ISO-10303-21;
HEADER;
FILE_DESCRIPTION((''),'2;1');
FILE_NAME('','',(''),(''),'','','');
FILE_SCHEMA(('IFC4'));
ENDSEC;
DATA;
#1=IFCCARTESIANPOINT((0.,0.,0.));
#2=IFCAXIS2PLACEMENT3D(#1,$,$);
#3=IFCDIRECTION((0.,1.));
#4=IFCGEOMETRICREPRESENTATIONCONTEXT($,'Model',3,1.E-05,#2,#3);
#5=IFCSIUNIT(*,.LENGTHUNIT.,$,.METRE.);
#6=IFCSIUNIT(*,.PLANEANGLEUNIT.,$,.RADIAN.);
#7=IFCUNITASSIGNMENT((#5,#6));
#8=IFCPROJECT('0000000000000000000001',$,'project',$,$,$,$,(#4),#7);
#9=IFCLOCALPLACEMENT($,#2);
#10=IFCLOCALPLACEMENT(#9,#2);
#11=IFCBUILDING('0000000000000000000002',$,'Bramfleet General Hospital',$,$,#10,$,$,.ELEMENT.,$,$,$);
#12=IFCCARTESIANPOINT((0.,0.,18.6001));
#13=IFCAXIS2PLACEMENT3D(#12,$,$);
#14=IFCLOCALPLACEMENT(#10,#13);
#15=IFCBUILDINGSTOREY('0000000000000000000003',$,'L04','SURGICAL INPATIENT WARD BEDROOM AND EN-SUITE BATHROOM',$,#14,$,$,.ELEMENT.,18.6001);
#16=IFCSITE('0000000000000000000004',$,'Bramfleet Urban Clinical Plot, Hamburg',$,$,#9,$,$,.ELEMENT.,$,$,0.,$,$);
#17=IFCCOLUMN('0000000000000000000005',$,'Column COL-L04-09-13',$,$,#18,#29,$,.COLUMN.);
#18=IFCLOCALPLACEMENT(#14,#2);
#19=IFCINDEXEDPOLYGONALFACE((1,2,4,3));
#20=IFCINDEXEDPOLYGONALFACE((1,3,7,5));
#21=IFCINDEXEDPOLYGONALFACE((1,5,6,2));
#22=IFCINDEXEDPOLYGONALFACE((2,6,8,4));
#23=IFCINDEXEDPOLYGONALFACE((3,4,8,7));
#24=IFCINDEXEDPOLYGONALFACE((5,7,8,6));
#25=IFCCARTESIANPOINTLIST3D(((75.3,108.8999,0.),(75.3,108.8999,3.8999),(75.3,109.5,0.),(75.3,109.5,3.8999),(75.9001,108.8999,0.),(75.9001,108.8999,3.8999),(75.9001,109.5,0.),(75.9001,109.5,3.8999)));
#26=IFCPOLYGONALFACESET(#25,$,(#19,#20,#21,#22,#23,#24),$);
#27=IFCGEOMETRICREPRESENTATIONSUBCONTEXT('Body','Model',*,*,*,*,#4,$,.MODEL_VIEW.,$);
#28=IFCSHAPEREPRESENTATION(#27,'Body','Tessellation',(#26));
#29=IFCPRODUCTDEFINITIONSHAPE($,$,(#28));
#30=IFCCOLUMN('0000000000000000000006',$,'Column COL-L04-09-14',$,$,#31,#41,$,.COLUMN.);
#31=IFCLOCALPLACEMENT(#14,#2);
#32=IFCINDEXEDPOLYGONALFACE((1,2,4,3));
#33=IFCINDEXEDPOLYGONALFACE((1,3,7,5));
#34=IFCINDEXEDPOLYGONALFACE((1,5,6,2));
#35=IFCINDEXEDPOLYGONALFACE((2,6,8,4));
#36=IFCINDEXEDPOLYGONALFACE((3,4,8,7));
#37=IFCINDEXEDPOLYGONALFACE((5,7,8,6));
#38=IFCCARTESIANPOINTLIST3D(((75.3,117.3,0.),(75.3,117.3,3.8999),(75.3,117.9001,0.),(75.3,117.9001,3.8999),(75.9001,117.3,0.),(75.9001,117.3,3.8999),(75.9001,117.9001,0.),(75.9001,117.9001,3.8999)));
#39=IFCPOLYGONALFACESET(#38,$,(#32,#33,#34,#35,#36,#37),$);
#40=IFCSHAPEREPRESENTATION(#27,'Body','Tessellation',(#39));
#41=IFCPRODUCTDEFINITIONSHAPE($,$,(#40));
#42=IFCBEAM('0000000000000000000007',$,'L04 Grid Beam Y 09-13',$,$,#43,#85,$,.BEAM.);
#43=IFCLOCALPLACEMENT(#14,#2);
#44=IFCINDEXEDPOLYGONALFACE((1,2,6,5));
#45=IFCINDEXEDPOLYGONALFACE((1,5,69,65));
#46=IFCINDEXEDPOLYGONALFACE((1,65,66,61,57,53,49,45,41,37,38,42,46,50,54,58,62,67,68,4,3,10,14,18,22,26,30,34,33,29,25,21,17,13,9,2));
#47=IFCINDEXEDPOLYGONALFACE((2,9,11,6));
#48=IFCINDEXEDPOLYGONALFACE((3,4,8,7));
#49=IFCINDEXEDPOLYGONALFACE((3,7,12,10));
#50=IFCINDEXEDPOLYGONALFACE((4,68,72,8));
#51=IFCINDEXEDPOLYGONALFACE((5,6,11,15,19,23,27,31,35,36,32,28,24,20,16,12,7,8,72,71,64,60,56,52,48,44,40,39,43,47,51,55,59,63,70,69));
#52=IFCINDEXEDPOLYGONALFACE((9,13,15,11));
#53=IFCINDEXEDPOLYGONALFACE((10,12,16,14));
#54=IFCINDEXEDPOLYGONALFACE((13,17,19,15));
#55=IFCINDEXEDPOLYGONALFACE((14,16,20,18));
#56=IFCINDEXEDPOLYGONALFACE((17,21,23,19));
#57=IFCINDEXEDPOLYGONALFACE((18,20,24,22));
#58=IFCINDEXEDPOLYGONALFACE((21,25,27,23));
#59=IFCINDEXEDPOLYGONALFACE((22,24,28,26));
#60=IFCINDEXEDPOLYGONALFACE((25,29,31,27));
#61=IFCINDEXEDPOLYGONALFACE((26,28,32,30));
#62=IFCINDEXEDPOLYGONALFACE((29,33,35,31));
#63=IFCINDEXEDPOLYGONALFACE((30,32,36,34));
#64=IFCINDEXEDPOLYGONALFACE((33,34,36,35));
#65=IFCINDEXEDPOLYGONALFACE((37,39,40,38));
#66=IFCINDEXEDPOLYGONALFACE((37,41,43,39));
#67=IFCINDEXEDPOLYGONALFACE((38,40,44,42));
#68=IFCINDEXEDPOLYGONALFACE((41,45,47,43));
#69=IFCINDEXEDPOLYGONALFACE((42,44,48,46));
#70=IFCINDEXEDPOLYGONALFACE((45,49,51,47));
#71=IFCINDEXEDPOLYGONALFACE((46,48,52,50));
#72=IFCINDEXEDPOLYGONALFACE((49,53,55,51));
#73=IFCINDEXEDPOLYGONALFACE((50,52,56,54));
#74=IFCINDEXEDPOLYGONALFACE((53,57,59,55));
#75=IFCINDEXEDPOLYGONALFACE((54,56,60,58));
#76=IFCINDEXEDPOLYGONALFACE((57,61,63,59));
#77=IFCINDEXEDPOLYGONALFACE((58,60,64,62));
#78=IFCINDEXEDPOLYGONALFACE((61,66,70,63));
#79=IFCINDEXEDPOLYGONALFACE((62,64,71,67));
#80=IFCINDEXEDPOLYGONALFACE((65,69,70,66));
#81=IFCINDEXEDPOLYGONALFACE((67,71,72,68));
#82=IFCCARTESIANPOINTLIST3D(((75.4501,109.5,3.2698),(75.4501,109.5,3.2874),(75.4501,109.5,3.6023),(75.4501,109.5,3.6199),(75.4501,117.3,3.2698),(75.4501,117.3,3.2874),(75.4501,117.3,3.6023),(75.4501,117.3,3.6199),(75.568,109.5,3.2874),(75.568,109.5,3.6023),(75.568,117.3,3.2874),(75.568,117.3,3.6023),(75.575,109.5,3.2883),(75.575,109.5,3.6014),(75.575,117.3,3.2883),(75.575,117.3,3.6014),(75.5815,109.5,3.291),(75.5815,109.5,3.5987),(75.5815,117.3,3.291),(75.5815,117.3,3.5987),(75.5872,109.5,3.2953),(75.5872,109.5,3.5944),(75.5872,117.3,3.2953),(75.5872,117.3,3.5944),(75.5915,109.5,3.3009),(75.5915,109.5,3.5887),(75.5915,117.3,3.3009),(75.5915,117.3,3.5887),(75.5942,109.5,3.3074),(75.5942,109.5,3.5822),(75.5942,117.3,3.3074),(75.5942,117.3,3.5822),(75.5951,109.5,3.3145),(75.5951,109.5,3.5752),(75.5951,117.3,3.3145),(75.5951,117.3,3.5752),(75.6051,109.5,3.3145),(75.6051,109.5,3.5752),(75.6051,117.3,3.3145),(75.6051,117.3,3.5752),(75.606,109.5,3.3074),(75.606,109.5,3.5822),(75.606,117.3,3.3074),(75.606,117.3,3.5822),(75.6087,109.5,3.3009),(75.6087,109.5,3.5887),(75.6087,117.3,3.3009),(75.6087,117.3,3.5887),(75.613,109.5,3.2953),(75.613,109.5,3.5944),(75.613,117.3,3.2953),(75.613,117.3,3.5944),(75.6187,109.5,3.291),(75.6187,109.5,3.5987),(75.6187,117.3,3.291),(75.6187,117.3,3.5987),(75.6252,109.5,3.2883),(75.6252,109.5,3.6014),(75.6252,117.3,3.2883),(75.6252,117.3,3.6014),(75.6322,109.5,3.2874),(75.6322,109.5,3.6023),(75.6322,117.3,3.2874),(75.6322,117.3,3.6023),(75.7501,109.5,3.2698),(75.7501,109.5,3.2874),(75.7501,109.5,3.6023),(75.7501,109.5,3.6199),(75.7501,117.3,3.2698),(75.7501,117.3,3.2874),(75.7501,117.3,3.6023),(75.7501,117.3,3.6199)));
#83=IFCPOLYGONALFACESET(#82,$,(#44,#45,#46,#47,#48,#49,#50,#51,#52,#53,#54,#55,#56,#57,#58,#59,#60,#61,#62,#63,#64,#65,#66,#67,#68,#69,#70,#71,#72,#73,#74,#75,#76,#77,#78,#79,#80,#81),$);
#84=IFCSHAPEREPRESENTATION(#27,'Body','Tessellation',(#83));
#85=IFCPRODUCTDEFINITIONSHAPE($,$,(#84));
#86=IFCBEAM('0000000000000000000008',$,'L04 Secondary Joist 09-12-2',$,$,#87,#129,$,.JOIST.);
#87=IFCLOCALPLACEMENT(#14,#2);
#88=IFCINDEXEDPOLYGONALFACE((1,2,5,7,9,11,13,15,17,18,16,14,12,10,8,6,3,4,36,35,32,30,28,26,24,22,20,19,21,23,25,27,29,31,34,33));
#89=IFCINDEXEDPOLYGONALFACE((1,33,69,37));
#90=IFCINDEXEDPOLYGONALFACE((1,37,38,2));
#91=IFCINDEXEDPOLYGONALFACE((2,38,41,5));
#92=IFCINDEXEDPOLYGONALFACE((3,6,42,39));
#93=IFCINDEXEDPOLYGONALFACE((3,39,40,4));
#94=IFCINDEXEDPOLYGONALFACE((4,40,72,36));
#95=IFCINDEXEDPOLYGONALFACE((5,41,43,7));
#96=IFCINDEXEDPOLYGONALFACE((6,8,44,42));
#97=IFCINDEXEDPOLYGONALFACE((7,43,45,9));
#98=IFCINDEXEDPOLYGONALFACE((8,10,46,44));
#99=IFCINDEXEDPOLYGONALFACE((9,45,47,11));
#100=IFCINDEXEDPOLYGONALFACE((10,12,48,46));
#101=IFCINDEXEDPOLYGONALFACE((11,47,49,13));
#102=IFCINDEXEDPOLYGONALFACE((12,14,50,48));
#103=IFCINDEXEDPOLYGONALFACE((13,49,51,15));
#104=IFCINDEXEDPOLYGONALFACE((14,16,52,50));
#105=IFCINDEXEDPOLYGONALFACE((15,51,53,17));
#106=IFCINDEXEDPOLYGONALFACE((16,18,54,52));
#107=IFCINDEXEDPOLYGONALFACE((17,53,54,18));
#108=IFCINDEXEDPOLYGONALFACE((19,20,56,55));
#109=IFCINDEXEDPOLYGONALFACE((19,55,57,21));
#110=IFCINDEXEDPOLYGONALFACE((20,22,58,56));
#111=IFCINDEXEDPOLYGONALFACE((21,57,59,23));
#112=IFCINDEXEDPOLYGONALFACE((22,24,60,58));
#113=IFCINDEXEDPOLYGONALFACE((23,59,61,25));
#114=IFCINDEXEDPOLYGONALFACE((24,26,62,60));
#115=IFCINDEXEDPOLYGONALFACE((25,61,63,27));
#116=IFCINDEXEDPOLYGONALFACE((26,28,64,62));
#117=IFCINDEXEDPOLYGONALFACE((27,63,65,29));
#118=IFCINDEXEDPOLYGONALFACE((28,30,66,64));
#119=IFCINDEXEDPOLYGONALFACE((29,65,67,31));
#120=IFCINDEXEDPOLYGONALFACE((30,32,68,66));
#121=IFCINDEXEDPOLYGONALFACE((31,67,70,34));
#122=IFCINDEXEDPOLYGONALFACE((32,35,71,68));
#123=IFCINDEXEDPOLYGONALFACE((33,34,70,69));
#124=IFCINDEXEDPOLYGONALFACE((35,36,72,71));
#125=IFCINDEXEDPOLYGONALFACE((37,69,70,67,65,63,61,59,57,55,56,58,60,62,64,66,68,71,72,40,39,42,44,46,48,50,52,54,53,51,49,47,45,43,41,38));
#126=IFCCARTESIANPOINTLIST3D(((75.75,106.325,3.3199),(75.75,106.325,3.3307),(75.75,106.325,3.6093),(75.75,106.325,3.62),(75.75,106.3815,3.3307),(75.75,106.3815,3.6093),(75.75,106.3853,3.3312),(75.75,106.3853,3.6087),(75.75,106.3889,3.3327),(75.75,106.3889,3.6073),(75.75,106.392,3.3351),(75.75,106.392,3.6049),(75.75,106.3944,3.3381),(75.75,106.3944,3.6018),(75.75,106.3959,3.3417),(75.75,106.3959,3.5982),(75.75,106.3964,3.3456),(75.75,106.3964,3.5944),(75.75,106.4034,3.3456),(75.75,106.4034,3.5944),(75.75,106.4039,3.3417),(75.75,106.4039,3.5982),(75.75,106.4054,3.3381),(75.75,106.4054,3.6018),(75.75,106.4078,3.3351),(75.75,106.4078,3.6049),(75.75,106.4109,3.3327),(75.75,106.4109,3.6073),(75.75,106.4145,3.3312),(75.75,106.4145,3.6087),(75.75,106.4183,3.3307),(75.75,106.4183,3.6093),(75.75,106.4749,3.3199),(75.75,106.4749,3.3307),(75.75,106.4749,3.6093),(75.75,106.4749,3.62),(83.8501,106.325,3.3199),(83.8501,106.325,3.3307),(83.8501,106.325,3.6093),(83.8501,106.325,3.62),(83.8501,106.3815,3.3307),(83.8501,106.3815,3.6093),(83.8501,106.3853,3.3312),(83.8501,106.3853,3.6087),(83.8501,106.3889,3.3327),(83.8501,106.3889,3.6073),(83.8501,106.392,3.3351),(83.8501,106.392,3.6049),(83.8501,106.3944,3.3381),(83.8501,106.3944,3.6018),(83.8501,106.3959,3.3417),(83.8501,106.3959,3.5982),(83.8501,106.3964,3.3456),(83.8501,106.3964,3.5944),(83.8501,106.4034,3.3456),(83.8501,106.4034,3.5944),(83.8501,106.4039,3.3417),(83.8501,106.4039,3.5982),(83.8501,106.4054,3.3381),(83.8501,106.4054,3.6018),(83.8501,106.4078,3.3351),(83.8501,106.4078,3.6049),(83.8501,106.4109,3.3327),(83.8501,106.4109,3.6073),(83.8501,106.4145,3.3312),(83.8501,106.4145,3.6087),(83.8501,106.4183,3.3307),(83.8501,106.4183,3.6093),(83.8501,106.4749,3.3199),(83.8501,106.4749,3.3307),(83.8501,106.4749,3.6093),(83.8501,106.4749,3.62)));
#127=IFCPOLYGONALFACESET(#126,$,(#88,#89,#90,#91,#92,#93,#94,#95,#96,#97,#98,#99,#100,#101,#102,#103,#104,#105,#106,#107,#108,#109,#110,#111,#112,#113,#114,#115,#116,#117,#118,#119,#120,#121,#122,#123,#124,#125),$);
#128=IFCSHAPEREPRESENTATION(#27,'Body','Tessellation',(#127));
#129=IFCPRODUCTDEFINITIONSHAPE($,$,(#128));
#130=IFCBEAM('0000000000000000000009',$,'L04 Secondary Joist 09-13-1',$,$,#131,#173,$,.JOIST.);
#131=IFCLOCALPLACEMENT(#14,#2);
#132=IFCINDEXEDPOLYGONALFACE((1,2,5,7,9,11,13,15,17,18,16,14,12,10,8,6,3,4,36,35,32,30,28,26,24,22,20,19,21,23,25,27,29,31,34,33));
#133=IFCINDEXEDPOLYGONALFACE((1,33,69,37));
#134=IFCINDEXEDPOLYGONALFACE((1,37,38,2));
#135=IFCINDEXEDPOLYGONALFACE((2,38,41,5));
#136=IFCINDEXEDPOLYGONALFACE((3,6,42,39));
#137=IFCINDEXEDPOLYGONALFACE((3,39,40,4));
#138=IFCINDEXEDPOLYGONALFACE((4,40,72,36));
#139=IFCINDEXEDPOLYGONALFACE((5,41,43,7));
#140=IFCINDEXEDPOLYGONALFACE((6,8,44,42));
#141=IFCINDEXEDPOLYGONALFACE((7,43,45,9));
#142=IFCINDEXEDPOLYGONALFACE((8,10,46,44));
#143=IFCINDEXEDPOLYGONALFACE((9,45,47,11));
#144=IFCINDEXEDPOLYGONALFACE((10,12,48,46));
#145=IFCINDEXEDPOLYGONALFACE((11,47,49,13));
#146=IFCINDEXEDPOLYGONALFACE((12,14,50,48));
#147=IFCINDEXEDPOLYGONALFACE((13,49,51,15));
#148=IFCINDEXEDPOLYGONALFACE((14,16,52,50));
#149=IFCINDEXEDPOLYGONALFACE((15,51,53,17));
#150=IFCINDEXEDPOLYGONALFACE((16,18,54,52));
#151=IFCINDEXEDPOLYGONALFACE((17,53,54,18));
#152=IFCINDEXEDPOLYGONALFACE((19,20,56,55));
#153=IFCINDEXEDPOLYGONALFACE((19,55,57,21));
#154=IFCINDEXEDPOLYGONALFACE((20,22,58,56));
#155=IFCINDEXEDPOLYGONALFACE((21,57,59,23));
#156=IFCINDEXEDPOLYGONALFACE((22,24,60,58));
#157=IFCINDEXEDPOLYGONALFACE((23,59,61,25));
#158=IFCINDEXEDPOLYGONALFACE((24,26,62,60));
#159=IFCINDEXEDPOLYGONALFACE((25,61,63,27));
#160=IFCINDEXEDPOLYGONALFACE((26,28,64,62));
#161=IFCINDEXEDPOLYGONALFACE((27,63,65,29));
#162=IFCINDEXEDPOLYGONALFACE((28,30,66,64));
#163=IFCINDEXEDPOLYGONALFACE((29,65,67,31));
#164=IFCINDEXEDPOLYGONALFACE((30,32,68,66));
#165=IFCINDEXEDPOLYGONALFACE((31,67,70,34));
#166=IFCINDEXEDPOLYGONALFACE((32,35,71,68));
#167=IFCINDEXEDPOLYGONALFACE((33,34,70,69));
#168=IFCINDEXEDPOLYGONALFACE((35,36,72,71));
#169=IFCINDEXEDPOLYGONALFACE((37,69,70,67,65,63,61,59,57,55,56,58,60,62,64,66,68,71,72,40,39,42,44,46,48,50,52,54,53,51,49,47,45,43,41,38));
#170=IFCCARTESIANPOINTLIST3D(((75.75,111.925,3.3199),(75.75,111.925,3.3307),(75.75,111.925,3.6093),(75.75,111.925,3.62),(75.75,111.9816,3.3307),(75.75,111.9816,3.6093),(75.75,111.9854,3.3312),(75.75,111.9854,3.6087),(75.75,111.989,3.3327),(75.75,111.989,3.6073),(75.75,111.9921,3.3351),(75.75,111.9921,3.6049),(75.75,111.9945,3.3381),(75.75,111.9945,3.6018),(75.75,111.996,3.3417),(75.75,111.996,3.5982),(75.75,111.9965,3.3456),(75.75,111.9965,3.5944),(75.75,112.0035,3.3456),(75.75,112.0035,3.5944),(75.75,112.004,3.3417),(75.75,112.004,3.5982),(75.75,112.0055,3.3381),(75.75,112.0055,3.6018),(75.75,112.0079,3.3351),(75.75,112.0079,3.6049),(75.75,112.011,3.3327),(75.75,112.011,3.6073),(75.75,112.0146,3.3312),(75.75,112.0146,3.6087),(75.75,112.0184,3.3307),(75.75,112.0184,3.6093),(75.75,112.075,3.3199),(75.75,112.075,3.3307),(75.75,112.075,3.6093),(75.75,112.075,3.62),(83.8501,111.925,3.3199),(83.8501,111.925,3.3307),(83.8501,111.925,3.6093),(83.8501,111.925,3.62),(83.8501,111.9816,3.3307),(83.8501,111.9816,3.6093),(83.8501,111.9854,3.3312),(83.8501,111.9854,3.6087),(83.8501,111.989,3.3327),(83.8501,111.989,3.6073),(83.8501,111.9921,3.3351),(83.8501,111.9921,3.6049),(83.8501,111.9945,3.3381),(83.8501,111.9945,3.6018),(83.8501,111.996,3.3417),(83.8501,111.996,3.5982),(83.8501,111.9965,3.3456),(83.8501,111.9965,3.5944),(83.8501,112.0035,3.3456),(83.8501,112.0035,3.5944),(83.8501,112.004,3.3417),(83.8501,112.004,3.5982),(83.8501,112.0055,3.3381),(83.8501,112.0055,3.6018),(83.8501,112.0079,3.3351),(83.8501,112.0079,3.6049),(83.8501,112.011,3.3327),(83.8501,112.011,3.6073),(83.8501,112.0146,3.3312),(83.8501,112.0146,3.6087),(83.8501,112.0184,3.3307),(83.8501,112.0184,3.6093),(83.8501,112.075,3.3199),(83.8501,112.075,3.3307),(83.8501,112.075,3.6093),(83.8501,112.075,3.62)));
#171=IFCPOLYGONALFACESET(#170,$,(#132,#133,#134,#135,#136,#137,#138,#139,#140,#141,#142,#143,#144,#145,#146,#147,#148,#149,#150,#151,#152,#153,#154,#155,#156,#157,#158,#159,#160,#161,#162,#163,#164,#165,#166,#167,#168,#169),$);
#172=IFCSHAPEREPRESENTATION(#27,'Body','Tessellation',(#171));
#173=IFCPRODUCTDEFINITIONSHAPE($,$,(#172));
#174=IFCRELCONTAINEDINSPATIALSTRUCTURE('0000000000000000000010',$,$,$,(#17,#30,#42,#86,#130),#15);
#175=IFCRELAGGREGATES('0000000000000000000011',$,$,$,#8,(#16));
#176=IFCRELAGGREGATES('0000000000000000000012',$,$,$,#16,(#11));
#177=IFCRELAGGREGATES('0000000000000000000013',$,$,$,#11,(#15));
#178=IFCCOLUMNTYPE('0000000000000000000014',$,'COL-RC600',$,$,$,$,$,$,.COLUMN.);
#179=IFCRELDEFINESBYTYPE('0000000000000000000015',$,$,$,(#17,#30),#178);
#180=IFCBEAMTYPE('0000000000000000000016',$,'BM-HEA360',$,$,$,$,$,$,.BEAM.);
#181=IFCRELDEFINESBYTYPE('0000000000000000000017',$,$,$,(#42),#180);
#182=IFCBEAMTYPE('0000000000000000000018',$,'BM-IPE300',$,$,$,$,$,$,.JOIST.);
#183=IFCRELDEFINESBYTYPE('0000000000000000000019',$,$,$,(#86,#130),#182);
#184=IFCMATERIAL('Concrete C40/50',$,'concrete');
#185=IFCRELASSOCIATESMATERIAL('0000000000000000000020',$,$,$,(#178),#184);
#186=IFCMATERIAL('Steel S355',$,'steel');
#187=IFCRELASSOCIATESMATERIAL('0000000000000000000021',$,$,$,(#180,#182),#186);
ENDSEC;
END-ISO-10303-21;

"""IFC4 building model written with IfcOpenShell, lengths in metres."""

from ifc_helpers import new_model, si_unit, direction, frame, origin, origin_2d, place, context, subcontext, project, spatial, rectangle, i_section, extrude, material, material_profile, profile_set, type_object, element, save


model = new_model("IFC4")

# Units and contexts
model_context = context("Model", 3, precision=1e-05, world=origin(), true_north=direction((0.0, 1.0)))
body_context = subcontext(model_context, "Body", "Model", "MODEL_VIEW")
ifc_project = project(units=[si_unit("LENGTHUNIT", "METRE"), si_unit("PLANEANGLEUNIT", "RADIAN")], contexts=[model_context])

# Site, building, storey
site_placement = place(None, origin())
site = spatial("IfcSite", under=ifc_project, at=site_placement, Name="Bramfleet Urban Clinical Plot, Hamburg", CompositionType="ELEMENT", RefElevation=0.0)
building_placement = place(site_placement, origin())
building = spatial("IfcBuilding", under=site, at=building_placement, Name="Bramfleet General Hospital", CompositionType="ELEMENT")
storey_placement = place(building_placement, frame((0.0, 0.0, 18.6001)))
storey = spatial("IfcBuildingStorey", under=building, at=storey_placement, Name="L04", Description="SURGICAL INPATIENT WARD BEDROOM AND EN-SUITE BATHROOM", CompositionType="ELEMENT", Elevation=18.6001)

# Columns
ifc_material_1 = material(Name="Concrete C40/50", Category="concrete")
ifc_material_profile_1 = material_profile(ifc_material_1, rectangle(XDim=0.6001, YDim=0.6001, at=origin_2d()), Name="RC COL 600x600")
ifc_profile_set_1 = profile_set([ifc_material_profile_1], Name="Concrete C40/50")
column_type = type_object("IfcColumnType", Name="COL-RC600", PredefinedType="COLUMN", material=ifc_profile_set_1)
for number, where, z_axis, x_axis, name in (
    (1, (75.6001, 109.2, 0.0), (0.0, 0.0, 1.0), (1.0, 0.0, 0.0), "Column COL-L04-09-13"),
    (2, (75.6001, 117.6001, 0.0), (0.0, 0.0, 1.0), (1.0, 0.0, 0.0), "Column COL-L04-09-14"),
):
    element("IfcColumn", number, at=place(storey_placement, frame(where, z_axis=z_axis, x_axis=x_axis)), inside=storey, type_object=column_type, Name=name, PredefinedType="COLUMN", context=body_context, shape_type="SweptSolid", body=[
        extrude(rectangle(XDim=0.6001, YDim=0.6001, at=origin_2d()), origin(), (0.0, 0.0, 1.0), 3.8999),
    ])

# Beams
ifc_material_2 = material(Name="Steel S355", Category="steel")
ifc_material_profile_2 = material_profile(ifc_material_2, i_section(OverallWidth=0.3, OverallDepth=0.3501, WebThickness=0.01, FlangeThickness=0.0176, FilletRadius=0.0271, at=origin_2d()), Name="HEA 360")
ifc_profile_set_2 = profile_set([ifc_material_profile_2], Name="Steel S355")
beam_type_1 = type_object("IfcBeamType", Name="BM-HEA360", PredefinedType="BEAM", material=ifc_profile_set_2)
beam_1_placement = place(storey_placement, frame((75.6001, 109.5, 3.4448), z_axis=(0.0, 1.0, 0.0), x_axis=(-1.0, 0.0, 0.0)))
element("IfcBeam", 3, at=beam_1_placement, inside=storey, type_object=beam_type_1, Name="L04 Grid Beam Y 09-13", PredefinedType="BEAM", context=body_context, shape_type="SweptSolid", body=[
    extrude(i_section(OverallWidth=0.3, OverallDepth=0.3501, WebThickness=0.01, FlangeThickness=0.0176, FilletRadius=0.0271, at=origin_2d()), origin(), (0.0, 0.0, 1.0), 7.8),
])
ifc_material_profile_3 = material_profile(ifc_material_2, i_section(OverallWidth=0.1499, OverallDepth=0.3, WebThickness=0.0071, FlangeThickness=0.0107, FilletRadius=0.0149, at=origin_2d()), Name="IPE 300")
ifc_profile_set_3 = profile_set([ifc_material_profile_3], Name="Steel S355")
beam_type_2 = type_object("IfcBeamType", Name="BM-IPE300", PredefinedType="JOIST", material=ifc_profile_set_3)
for number, where, z_axis, x_axis, name in (
    (4, (75.75, 106.3999, 3.47), (1.0, 0.0, 0.0), (0.0, 1.0, 0.0), "L04 Secondary Joist 09-12-2"),
    (5, (75.75, 112.0, 3.47), (1.0, 0.0, 0.0), (0.0, 1.0, 0.0), "L04 Secondary Joist 09-13-1"),
):
    element("IfcBeam", number, at=place(storey_placement, frame(where, z_axis=z_axis, x_axis=x_axis)), inside=storey, type_object=beam_type_2, Name=name, PredefinedType="JOIST", context=body_context, shape_type="SweptSolid", body=[
        extrude(i_section(OverallWidth=0.1499, OverallDepth=0.3, WebThickness=0.0071, FlangeThickness=0.0107, FilletRadius=0.0149, at=origin_2d()), origin(), (0.0, 0.0, 1.0), 8.1001),
    ])

save(model, "model.ifc")
